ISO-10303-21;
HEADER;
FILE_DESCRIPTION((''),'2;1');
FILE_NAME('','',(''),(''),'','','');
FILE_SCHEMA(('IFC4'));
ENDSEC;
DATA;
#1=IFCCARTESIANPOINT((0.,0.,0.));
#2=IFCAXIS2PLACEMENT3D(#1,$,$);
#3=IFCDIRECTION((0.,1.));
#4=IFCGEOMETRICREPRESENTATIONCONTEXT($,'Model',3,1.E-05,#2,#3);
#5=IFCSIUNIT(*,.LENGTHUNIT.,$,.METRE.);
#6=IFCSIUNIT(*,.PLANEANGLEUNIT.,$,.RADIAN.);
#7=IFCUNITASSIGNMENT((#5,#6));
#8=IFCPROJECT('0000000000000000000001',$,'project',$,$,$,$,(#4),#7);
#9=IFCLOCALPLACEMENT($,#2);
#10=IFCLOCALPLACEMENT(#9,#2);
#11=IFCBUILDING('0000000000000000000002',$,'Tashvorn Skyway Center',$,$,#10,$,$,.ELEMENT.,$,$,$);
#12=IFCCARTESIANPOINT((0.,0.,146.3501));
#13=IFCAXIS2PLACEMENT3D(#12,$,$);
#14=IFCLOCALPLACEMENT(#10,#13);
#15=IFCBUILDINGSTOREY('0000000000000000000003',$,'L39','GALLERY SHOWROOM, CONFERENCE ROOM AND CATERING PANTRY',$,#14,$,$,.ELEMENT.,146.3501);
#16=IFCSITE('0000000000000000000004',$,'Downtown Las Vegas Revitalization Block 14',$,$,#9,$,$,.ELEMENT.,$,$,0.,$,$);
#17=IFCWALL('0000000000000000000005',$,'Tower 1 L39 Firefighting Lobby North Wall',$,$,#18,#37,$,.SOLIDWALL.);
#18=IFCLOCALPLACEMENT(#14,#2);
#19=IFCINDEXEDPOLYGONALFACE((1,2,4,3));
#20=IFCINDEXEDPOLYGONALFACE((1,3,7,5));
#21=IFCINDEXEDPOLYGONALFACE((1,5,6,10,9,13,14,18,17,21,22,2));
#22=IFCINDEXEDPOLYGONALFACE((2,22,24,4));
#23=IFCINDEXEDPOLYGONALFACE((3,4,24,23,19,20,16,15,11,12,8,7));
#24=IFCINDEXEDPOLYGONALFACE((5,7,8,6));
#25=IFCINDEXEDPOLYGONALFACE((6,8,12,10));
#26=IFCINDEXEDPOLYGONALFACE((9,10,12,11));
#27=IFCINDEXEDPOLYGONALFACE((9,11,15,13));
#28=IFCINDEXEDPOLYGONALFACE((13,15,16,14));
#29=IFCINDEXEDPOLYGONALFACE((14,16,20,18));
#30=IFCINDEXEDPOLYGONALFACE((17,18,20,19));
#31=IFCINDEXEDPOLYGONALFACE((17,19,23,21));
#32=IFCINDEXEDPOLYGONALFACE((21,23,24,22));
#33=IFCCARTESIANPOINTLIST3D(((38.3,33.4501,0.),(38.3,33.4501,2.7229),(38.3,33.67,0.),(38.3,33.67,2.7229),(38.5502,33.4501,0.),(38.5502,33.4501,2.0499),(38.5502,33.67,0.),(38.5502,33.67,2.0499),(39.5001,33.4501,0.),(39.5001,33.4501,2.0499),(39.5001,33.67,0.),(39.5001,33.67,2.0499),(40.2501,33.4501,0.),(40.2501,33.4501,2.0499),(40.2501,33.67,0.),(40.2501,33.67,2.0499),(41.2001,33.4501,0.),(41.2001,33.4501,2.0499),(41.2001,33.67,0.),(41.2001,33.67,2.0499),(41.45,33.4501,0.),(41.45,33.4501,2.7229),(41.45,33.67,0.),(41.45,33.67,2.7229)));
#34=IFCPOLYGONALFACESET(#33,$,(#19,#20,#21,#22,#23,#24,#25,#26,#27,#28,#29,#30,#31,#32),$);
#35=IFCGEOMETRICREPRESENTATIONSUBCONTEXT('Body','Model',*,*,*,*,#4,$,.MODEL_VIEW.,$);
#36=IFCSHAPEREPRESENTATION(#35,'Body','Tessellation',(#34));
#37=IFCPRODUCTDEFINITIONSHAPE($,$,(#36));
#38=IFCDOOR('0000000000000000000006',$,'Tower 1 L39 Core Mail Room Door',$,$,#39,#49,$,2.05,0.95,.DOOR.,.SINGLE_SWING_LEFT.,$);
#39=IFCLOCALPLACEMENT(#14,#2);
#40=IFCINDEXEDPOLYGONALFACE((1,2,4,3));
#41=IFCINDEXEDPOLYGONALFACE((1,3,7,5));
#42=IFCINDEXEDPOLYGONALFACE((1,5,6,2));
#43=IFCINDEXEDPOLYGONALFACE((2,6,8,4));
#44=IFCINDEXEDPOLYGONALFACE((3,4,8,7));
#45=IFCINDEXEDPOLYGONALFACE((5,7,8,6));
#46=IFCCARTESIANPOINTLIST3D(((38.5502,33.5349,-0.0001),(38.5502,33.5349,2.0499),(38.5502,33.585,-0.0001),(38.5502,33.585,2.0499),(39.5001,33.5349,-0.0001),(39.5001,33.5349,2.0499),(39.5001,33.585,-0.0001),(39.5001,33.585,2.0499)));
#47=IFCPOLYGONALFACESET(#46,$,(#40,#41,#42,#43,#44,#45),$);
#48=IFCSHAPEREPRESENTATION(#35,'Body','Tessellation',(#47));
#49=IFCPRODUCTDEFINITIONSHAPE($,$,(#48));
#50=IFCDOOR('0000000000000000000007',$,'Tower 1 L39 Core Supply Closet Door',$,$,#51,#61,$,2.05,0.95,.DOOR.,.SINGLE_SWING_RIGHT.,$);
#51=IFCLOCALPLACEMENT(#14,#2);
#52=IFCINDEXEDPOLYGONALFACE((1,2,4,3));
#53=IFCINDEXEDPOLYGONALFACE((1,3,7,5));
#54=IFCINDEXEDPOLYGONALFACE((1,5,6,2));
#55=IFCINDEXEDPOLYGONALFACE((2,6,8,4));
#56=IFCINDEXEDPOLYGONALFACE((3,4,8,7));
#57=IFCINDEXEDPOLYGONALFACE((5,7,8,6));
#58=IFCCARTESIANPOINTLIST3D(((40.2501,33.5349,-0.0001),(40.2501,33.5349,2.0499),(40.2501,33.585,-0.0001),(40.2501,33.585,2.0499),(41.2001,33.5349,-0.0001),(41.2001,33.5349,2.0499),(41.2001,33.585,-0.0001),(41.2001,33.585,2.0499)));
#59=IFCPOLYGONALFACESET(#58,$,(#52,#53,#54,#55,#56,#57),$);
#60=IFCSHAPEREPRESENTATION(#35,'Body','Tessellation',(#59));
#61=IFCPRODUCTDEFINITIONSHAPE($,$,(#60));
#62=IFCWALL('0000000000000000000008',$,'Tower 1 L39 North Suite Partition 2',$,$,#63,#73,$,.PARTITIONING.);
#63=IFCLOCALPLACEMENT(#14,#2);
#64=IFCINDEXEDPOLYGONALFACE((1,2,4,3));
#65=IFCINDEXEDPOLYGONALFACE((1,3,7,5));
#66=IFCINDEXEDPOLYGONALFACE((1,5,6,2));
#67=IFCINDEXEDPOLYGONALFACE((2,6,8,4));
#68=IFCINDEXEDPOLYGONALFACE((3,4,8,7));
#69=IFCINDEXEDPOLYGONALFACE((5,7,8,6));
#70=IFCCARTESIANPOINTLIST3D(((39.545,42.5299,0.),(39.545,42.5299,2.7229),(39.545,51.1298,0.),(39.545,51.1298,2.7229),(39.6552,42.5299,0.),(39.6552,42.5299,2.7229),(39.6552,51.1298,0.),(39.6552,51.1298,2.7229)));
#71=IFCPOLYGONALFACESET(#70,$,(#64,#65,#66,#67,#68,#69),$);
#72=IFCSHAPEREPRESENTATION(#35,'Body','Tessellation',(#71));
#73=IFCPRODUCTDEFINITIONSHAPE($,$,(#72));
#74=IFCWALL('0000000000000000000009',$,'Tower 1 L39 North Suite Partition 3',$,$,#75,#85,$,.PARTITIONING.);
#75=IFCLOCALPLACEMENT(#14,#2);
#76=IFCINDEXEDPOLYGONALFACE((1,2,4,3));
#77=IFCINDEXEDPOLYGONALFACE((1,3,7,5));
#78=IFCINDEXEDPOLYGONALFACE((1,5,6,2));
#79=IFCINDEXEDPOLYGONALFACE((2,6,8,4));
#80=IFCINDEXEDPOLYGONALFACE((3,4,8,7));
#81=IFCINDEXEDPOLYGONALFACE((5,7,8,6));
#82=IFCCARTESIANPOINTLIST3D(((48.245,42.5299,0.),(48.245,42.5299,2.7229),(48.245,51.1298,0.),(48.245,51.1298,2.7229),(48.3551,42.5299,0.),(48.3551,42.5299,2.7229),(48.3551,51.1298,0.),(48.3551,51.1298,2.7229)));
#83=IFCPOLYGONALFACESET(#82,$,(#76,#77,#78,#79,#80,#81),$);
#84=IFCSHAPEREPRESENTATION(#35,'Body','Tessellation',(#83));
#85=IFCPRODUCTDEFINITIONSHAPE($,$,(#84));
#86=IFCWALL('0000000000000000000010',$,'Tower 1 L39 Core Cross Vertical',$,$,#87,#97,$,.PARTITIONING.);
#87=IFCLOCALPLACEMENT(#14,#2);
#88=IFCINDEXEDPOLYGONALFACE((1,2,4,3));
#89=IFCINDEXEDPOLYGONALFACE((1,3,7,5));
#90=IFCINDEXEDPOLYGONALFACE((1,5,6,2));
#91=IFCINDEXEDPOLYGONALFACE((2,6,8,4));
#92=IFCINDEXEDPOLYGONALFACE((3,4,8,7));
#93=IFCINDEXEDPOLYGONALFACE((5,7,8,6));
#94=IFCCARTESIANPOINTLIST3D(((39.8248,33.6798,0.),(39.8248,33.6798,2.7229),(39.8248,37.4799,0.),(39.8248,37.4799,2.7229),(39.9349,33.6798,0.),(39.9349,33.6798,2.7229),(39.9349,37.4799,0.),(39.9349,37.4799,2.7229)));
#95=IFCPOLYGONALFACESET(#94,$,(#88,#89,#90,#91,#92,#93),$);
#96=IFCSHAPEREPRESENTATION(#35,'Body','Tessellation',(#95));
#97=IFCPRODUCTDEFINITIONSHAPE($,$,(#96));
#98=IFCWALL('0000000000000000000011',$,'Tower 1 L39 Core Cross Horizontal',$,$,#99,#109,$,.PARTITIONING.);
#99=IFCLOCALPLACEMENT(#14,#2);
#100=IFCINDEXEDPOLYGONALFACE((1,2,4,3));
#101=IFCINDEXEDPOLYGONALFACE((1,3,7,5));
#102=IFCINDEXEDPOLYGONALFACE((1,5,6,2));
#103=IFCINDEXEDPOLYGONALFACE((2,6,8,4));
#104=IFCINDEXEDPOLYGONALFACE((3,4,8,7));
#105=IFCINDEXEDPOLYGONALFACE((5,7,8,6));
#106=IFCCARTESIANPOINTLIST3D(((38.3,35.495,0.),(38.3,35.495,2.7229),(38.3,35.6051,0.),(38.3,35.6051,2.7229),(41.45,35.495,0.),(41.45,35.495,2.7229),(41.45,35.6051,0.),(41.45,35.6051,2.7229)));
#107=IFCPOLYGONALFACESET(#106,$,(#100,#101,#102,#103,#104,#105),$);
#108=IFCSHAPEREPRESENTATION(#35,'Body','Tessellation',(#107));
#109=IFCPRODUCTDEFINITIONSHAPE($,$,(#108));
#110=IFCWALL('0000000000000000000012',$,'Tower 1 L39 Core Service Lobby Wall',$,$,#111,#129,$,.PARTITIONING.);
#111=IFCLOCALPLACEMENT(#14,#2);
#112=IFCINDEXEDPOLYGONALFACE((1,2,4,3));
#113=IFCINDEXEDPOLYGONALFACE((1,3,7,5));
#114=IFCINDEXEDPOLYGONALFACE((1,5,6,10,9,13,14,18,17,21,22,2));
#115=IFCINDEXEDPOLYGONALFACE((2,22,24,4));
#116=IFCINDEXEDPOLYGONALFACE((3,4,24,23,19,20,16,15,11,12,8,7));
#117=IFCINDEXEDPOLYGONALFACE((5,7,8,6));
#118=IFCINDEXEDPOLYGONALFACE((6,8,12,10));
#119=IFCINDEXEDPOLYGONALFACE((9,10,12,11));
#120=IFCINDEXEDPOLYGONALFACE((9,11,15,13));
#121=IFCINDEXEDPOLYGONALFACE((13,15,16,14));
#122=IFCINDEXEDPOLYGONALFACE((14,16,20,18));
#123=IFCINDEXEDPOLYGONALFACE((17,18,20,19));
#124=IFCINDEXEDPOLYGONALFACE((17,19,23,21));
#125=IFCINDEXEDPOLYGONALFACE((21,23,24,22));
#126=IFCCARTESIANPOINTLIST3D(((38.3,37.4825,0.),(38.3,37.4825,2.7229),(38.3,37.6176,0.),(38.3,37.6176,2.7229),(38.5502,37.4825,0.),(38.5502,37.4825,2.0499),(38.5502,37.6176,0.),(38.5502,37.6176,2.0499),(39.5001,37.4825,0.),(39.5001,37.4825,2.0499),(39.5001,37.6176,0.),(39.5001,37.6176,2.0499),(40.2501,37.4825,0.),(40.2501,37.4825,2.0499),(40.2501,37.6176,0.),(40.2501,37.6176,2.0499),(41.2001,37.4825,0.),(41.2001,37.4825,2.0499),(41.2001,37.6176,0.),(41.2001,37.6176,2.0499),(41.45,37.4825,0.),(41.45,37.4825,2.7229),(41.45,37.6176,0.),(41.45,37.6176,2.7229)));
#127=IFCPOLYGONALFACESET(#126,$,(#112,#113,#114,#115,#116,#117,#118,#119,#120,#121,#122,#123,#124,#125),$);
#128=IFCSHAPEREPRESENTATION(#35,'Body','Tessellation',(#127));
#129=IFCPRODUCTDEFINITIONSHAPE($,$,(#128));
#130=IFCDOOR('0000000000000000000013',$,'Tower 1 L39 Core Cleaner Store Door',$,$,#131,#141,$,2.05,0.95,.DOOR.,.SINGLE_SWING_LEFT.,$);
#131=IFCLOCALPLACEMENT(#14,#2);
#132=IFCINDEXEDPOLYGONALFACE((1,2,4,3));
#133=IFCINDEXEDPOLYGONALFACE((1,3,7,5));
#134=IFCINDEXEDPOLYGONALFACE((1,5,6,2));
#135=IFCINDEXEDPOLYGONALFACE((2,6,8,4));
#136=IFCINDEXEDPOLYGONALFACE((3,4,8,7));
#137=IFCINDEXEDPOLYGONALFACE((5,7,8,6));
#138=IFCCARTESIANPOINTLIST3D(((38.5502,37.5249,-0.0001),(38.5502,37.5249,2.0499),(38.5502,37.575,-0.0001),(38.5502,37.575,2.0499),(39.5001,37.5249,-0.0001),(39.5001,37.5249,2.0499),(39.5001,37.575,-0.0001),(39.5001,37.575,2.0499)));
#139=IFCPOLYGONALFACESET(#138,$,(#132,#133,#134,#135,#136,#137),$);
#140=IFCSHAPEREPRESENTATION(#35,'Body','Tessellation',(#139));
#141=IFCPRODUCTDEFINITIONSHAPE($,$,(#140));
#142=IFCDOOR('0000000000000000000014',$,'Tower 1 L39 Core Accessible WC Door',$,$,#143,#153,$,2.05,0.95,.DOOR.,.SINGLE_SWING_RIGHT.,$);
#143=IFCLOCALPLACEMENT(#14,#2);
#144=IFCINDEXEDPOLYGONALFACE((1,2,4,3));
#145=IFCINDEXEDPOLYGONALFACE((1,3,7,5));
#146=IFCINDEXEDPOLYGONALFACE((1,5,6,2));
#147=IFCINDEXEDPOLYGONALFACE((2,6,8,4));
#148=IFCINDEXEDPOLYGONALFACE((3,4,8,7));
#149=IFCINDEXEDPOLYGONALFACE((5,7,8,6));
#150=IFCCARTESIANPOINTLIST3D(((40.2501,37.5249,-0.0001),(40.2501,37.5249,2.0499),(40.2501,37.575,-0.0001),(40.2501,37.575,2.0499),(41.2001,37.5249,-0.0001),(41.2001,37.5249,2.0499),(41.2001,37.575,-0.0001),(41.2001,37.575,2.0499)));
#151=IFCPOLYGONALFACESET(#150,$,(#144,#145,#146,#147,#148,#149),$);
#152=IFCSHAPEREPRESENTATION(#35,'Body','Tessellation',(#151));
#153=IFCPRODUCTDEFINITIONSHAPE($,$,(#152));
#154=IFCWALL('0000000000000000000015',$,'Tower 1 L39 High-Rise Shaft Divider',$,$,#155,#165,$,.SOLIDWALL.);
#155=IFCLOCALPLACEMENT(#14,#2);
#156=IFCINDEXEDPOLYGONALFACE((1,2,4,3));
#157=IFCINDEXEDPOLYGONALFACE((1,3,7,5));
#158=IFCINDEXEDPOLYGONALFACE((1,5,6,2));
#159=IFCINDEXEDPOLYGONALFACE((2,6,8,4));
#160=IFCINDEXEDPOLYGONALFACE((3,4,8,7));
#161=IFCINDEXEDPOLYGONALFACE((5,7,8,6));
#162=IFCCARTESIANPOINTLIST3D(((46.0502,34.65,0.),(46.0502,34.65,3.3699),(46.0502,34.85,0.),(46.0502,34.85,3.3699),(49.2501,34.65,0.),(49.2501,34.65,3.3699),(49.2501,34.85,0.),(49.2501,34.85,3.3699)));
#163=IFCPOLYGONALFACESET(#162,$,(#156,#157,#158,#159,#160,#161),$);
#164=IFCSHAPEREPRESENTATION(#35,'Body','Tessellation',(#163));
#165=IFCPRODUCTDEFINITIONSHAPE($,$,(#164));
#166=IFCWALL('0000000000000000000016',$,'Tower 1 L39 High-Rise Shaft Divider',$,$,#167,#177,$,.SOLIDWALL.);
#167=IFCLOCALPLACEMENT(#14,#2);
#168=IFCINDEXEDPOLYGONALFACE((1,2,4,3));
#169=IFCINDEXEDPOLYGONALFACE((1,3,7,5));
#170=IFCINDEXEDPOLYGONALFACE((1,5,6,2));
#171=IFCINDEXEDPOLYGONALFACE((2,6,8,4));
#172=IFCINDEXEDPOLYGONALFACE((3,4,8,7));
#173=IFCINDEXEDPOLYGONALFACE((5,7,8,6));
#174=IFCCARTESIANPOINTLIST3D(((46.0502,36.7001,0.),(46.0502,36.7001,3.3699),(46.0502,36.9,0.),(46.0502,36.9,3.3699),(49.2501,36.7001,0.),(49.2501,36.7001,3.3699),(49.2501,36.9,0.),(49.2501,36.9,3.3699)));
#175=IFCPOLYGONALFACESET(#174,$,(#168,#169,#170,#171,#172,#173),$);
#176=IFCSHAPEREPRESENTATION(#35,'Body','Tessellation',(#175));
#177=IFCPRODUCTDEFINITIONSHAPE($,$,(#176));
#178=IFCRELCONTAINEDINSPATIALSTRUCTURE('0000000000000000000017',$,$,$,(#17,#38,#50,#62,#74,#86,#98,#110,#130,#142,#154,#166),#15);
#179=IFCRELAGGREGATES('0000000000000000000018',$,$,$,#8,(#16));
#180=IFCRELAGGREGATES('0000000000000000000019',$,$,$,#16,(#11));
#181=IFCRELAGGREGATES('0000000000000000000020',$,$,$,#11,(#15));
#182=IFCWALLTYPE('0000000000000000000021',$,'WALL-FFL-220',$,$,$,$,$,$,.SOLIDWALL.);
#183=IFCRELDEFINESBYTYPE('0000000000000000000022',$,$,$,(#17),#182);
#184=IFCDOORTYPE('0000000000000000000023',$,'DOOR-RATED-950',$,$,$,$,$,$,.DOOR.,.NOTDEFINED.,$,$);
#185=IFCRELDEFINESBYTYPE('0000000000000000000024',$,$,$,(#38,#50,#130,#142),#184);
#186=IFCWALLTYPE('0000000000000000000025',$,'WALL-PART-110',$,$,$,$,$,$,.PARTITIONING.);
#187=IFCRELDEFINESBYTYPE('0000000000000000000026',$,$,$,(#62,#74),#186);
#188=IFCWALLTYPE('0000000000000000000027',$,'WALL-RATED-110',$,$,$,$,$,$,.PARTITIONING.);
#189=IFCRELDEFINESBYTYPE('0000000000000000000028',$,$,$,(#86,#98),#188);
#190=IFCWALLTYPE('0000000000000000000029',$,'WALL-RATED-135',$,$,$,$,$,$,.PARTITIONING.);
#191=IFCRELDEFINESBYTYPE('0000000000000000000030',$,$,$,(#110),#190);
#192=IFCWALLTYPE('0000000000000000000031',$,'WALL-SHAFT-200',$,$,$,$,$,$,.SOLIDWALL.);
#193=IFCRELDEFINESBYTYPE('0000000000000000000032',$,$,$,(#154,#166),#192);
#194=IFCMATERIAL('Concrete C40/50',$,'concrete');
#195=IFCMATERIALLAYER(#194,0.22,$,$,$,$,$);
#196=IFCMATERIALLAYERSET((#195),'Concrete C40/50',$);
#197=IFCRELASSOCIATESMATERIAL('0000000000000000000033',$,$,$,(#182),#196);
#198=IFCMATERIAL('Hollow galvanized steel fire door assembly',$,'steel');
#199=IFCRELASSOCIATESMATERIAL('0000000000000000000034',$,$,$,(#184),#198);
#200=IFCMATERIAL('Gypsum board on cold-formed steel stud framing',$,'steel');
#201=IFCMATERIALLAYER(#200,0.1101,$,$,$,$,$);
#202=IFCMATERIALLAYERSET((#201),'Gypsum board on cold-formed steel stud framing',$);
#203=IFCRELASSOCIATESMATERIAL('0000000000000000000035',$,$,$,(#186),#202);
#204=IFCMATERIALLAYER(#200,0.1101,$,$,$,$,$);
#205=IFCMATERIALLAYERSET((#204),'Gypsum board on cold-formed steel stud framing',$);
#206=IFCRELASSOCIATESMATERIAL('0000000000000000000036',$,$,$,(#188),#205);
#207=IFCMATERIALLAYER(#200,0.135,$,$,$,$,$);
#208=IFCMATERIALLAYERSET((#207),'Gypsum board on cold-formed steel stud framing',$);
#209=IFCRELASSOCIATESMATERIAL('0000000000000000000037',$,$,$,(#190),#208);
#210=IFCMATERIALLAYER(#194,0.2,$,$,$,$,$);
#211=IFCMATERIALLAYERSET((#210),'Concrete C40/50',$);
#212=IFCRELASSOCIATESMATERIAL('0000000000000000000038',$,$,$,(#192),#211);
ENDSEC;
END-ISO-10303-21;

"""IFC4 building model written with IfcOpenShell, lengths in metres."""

from ifc_helpers import new_model, si_unit, direction, frame, frame_2d, origin, place, context, subcontext, project, spatial, rectangle, extrude, material, layer, layer_set, type_object, element, fill, save


model = new_model("IFC4")

# Units and contexts
model_context = context("Model", 3, precision=1e-05, world=origin(), true_north=direction((0.0, 1.0)))
body_context = subcontext(model_context, "Body", "Model", "MODEL_VIEW")
ifc_project = project(units=[si_unit("LENGTHUNIT", "METRE"), si_unit("PLANEANGLEUNIT", "RADIAN")], contexts=[model_context])

# Site, building, storey
site_placement = place(None, origin())
site = spatial("IfcSite", under=ifc_project, at=site_placement, Name="Downtown Las Vegas Revitalization Block 14", CompositionType="ELEMENT", RefElevation=0.0)
building_placement = place(site_placement, origin())
building = spatial("IfcBuilding", under=site, at=building_placement, Name="Tashvorn Skyway Center", CompositionType="ELEMENT")
storey_placement = place(building_placement, frame((0.0, 0.0, 146.3501)))
storey = spatial("IfcBuildingStorey", under=building, at=storey_placement, Name="L39", Description="GALLERY SHOWROOM, CONFERENCE ROOM AND CATERING PANTRY", CompositionType="ELEMENT", Elevation=146.3501)

# Wall, openings, doors
ifc_material_1 = material(Name="Concrete C40/50", Category="concrete")
ifc_layer_1 = layer(ifc_material_1, 0.22)
ifc_layer_set_1 = layer_set([ifc_layer_1], Name="Concrete C40/50")
wall_type_1 = type_object("IfcWallType", Name="WALL-FFL-220", PredefinedType="SOLIDWALL", material=ifc_layer_set_1)
wall_1_placement = place(storey_placement, frame((38.3, 33.5601, 0.0), z_axis=(0.0, 0.0, 1.0), x_axis=(1.0, 0.0, 0.0)))
wall_1 = element("IfcWall", 1, at=wall_1_placement, inside=storey, type_object=wall_type_1, Name="Tower 1 L39 Firefighting Lobby North Wall", PredefinedType="SOLIDWALL", context=body_context, shape_type="SweptSolid", body=[
    extrude(rectangle(XDim=3.1499, YDim=0.22, at=frame_2d((1.575, 0.0))), origin(), (0.0, 0.0, 1.0), 2.7229),
])
opening_1_placement = place(wall_1_placement, frame((0.25, 0.0, 0.0)))
opening_1 = element("IfcOpeningElement", 2, at=opening_1_placement, cuts=wall_1, PredefinedType="OPENING", context=body_context, shape_type="SweptSolid", body=[
    extrude(rectangle(XDim=0.95, YDim=2.05, at=frame_2d((0.4751, 1.0249))), frame((0.0, 0.1199, 0.0), z_axis=(0.0, -1.0, 0.0), x_axis=(1.0, 0.0, 0.0)), (0.0, 0.0, 1.0), 0.24),
])
opening_2_placement = place(wall_1_placement, frame((1.95, 0.0, 0.0)))
opening_2 = element("IfcOpeningElement", 3, at=opening_2_placement, cuts=wall_1, PredefinedType="OPENING", context=body_context, shape_type="SweptSolid", body=[
    extrude(rectangle(XDim=0.95, YDim=2.05, at=frame_2d((0.4751, 1.0249))), frame((0.0, 0.1199, 0.0), z_axis=(0.0, -1.0, 0.0), x_axis=(1.0, 0.0, 0.0)), (0.0, 0.0, 1.0), 0.24),
])
ifc_material_2 = material(Name="Hollow galvanized steel fire door assembly", Category="steel")
door_type_1 = type_object("IfcDoorType", Name="DOOR-RATED-950", OperationType="NOTDEFINED", PredefinedType="DOOR", material=ifc_material_2)
door_1_placement = place(opening_1_placement, origin())
door_1 = element("IfcDoor", 4, at=door_1_placement, inside=storey, type_object=door_type_1, Name="Tower 1 L39 Core Mail Room Door", OperationType="SINGLE_SWING_LEFT", OverallHeight=2.05, OverallWidth=0.95, PredefinedType="DOOR", context=body_context, shape_type="SweptSolid", body=[
    extrude(rectangle(XDim=0.95, YDim=2.05, at=frame_2d((0.4751, 1.0249))), frame((0.0, 0.0249, 0.0), z_axis=(0.0, -1.0, 0.0), x_axis=(1.0, 0.0, 0.0)), (0.0, 0.0, 1.0), 0.05),
])
fill(opening_1, door_1)
door_2_placement = place(opening_2_placement, origin())
door_2 = element("IfcDoor", 5, at=door_2_placement, inside=storey, type_object=door_type_1, Name="Tower 1 L39 Core Supply Closet Door", OperationType="SINGLE_SWING_RIGHT", OverallHeight=2.05, OverallWidth=0.95, PredefinedType="DOOR", context=body_context, shape_type="SweptSolid", body=[
    extrude(rectangle(XDim=0.95, YDim=2.05, at=frame_2d((0.4751, 1.0249))), frame((0.0, 0.0249, 0.0), z_axis=(0.0, -1.0, 0.0), x_axis=(1.0, 0.0, 0.0)), (0.0, 0.0, 1.0), 0.05),
])
fill(opening_2, door_2)

# Walls
ifc_material_3 = material(Name="Gypsum board on cold-formed steel stud framing", Category="steel")
ifc_layer_2 = layer(ifc_material_3, 0.1101)
ifc_layer_set_2 = layer_set([ifc_layer_2], Name="Gypsum board on cold-formed steel stud framing")
wall_type_2 = type_object("IfcWallType", Name="WALL-PART-110", PredefinedType="PARTITIONING", material=ifc_layer_set_2)
for number, where, z_axis, x_axis, name in (
    (6, (39.6001, 42.53, 0.0), (0.0, 0.0, 1.0), (0.0, 1.0, 0.0), "Tower 1 L39 North Suite Partition 2"),
    (7, (48.3, 42.53, 0.0), (0.0, 0.0, 1.0), (0.0, 1.0, 0.0), "Tower 1 L39 North Suite Partition 3"),
):
    element("IfcWall", number, at=place(storey_placement, frame(where, z_axis=z_axis, x_axis=x_axis)), inside=storey, type_object=wall_type_2, Name=name, PredefinedType="PARTITIONING", context=body_context, shape_type="SweptSolid", body=[
        extrude(rectangle(XDim=8.5999, YDim=0.1101, at=frame_2d((4.2998, 0.0))), origin(), (0.0, 0.0, 1.0), 2.7229),
    ])
ifc_layer_3 = layer(ifc_material_3, 0.1101)
ifc_layer_set_3 = layer_set([ifc_layer_3], Name="Gypsum board on cold-formed steel stud framing")
wall_type_3 = type_object("IfcWallType", Name="WALL-RATED-110", PredefinedType="PARTITIONING", material=ifc_layer_set_3)
wall_2_placement = place(storey_placement, frame((39.8799, 33.6799, 0.0), z_axis=(0.0, 0.0, 1.0), x_axis=(0.0, 1.0, 0.0)))
element("IfcWall", 8, at=wall_2_placement, inside=storey, type_object=wall_type_3, Name="Tower 1 L39 Core Cross Vertical", PredefinedType="PARTITIONING", context=body_context, shape_type="SweptSolid", body=[
    extrude(rectangle(XDim=3.8, YDim=0.1101, at=frame_2d((1.8999, 0.0))), origin(), (0.0, 0.0, 1.0), 2.7229),
])
wall_3_placement = place(storey_placement, frame((38.3, 35.55, 0.0), z_axis=(0.0, 0.0, 1.0), x_axis=(1.0, 0.0, 0.0)))
element("IfcWall", 9, at=wall_3_placement, inside=storey, type_object=wall_type_3, Name="Tower 1 L39 Core Cross Horizontal", PredefinedType="PARTITIONING", context=body_context, shape_type="SweptSolid", body=[
    extrude(rectangle(XDim=3.1499, YDim=0.1101, at=frame_2d((1.575, 0.0))), origin(), (0.0, 0.0, 1.0), 2.7229),
])

# Wall, openings, doors
ifc_layer_4 = layer(ifc_material_3, 0.135)
ifc_layer_set_4 = layer_set([ifc_layer_4], Name="Gypsum board on cold-formed steel stud framing")
wall_type_4 = type_object("IfcWallType", Name="WALL-RATED-135", PredefinedType="PARTITIONING", material=ifc_layer_set_4)
wall_4_placement = place(storey_placement, frame((38.3, 37.55, 0.0), z_axis=(0.0, 0.0, 1.0), x_axis=(1.0, 0.0, 0.0)))
wall_4 = element("IfcWall", 10, at=wall_4_placement, inside=storey, type_object=wall_type_4, Name="Tower 1 L39 Core Service Lobby Wall", PredefinedType="PARTITIONING", context=body_context, shape_type="SweptSolid", body=[
    extrude(rectangle(XDim=3.1499, YDim=0.135, at=frame_2d((1.575, 0.0))), origin(), (0.0, 0.0, 1.0), 2.7229),
])
opening_3_placement = place(wall_4_placement, frame((0.25, 0.0, 0.0)))
opening_3 = element("IfcOpeningElement", 11, at=opening_3_placement, cuts=wall_4, PredefinedType="OPENING", context=body_context, shape_type="SweptSolid", body=[
    extrude(rectangle(XDim=0.95, YDim=2.05, at=frame_2d((0.4751, 1.0249))), frame((0.0, 0.0774, 0.0), z_axis=(0.0, -1.0, 0.0), x_axis=(1.0, 0.0, 0.0)), (0.0, 0.0, 1.0), 0.155),
])
opening_4_placement = place(wall_4_placement, frame((1.95, 0.0, 0.0)))
opening_4 = element("IfcOpeningElement", 12, at=opening_4_placement, cuts=wall_4, PredefinedType="OPENING", context=body_context, shape_type="SweptSolid", body=[
    extrude(rectangle(XDim=0.95, YDim=2.05, at=frame_2d((0.4751, 1.0249))), frame((0.0, 0.0774, 0.0), z_axis=(0.0, -1.0, 0.0), x_axis=(1.0, 0.0, 0.0)), (0.0, 0.0, 1.0), 0.155),
])
door_3_placement = place(opening_3_placement, origin())
door_3 = element("IfcDoor", 13, at=door_3_placement, inside=storey, type_object=door_type_1, Name="Tower 1 L39 Core Cleaner Store Door", OperationType="SINGLE_SWING_LEFT", OverallHeight=2.05, OverallWidth=0.95, PredefinedType="DOOR", context=body_context, shape_type="SweptSolid", body=[
    extrude(rectangle(XDim=0.95, YDim=2.05, at=frame_2d((0.4751, 1.0249))), frame((0.0, 0.0249, 0.0), z_axis=(0.0, -1.0, 0.0), x_axis=(1.0, 0.0, 0.0)), (0.0, 0.0, 1.0), 0.05),
])
fill(opening_3, door_3)
door_4_placement = place(opening_4_placement, origin())
door_4 = element("IfcDoor", 14, at=door_4_placement, inside=storey, type_object=door_type_1, Name="Tower 1 L39 Core Accessible WC Door", OperationType="SINGLE_SWING_RIGHT", OverallHeight=2.05, OverallWidth=0.95, PredefinedType="DOOR", context=body_context, shape_type="SweptSolid", body=[
    extrude(rectangle(XDim=0.95, YDim=2.05, at=frame_2d((0.4751, 1.0249))), frame((0.0, 0.0249, 0.0), z_axis=(0.0, -1.0, 0.0), x_axis=(1.0, 0.0, 0.0)), (0.0, 0.0, 1.0), 0.05),
])
fill(opening_4, door_4)

# Walls
ifc_layer_5 = layer(ifc_material_1, 0.2)
ifc_layer_set_5 = layer_set([ifc_layer_5], Name="Concrete C40/50")
wall_type_5 = type_object("IfcWallType", Name="WALL-SHAFT-200", PredefinedType="SOLIDWALL", material=ifc_layer_set_5)
for number, where, z_axis, x_axis, name in (
    (15, (46.05, 34.75, 0.0), (0.0, 0.0, 1.0), (1.0, 0.0, 0.0), "Tower 1 L39 High-Rise Shaft Divider"),
    (16, (46.05, 36.8, 0.0), (0.0, 0.0, 1.0), (1.0, 0.0, 0.0), "Tower 1 L39 High-Rise Shaft Divider"),
):
    element("IfcWall", number, at=place(storey_placement, frame(where, z_axis=z_axis, x_axis=x_axis)), inside=storey, type_object=wall_type_5, Name=name, PredefinedType="SOLIDWALL", context=body_context, shape_type="SweptSolid", body=[
        extrude(rectangle(XDim=3.2, YDim=0.2, at=frame_2d((1.6001, 0.0))), origin(), (0.0, 0.0, 1.0), 3.3699),
    ])

save(model, "model.ifc")
